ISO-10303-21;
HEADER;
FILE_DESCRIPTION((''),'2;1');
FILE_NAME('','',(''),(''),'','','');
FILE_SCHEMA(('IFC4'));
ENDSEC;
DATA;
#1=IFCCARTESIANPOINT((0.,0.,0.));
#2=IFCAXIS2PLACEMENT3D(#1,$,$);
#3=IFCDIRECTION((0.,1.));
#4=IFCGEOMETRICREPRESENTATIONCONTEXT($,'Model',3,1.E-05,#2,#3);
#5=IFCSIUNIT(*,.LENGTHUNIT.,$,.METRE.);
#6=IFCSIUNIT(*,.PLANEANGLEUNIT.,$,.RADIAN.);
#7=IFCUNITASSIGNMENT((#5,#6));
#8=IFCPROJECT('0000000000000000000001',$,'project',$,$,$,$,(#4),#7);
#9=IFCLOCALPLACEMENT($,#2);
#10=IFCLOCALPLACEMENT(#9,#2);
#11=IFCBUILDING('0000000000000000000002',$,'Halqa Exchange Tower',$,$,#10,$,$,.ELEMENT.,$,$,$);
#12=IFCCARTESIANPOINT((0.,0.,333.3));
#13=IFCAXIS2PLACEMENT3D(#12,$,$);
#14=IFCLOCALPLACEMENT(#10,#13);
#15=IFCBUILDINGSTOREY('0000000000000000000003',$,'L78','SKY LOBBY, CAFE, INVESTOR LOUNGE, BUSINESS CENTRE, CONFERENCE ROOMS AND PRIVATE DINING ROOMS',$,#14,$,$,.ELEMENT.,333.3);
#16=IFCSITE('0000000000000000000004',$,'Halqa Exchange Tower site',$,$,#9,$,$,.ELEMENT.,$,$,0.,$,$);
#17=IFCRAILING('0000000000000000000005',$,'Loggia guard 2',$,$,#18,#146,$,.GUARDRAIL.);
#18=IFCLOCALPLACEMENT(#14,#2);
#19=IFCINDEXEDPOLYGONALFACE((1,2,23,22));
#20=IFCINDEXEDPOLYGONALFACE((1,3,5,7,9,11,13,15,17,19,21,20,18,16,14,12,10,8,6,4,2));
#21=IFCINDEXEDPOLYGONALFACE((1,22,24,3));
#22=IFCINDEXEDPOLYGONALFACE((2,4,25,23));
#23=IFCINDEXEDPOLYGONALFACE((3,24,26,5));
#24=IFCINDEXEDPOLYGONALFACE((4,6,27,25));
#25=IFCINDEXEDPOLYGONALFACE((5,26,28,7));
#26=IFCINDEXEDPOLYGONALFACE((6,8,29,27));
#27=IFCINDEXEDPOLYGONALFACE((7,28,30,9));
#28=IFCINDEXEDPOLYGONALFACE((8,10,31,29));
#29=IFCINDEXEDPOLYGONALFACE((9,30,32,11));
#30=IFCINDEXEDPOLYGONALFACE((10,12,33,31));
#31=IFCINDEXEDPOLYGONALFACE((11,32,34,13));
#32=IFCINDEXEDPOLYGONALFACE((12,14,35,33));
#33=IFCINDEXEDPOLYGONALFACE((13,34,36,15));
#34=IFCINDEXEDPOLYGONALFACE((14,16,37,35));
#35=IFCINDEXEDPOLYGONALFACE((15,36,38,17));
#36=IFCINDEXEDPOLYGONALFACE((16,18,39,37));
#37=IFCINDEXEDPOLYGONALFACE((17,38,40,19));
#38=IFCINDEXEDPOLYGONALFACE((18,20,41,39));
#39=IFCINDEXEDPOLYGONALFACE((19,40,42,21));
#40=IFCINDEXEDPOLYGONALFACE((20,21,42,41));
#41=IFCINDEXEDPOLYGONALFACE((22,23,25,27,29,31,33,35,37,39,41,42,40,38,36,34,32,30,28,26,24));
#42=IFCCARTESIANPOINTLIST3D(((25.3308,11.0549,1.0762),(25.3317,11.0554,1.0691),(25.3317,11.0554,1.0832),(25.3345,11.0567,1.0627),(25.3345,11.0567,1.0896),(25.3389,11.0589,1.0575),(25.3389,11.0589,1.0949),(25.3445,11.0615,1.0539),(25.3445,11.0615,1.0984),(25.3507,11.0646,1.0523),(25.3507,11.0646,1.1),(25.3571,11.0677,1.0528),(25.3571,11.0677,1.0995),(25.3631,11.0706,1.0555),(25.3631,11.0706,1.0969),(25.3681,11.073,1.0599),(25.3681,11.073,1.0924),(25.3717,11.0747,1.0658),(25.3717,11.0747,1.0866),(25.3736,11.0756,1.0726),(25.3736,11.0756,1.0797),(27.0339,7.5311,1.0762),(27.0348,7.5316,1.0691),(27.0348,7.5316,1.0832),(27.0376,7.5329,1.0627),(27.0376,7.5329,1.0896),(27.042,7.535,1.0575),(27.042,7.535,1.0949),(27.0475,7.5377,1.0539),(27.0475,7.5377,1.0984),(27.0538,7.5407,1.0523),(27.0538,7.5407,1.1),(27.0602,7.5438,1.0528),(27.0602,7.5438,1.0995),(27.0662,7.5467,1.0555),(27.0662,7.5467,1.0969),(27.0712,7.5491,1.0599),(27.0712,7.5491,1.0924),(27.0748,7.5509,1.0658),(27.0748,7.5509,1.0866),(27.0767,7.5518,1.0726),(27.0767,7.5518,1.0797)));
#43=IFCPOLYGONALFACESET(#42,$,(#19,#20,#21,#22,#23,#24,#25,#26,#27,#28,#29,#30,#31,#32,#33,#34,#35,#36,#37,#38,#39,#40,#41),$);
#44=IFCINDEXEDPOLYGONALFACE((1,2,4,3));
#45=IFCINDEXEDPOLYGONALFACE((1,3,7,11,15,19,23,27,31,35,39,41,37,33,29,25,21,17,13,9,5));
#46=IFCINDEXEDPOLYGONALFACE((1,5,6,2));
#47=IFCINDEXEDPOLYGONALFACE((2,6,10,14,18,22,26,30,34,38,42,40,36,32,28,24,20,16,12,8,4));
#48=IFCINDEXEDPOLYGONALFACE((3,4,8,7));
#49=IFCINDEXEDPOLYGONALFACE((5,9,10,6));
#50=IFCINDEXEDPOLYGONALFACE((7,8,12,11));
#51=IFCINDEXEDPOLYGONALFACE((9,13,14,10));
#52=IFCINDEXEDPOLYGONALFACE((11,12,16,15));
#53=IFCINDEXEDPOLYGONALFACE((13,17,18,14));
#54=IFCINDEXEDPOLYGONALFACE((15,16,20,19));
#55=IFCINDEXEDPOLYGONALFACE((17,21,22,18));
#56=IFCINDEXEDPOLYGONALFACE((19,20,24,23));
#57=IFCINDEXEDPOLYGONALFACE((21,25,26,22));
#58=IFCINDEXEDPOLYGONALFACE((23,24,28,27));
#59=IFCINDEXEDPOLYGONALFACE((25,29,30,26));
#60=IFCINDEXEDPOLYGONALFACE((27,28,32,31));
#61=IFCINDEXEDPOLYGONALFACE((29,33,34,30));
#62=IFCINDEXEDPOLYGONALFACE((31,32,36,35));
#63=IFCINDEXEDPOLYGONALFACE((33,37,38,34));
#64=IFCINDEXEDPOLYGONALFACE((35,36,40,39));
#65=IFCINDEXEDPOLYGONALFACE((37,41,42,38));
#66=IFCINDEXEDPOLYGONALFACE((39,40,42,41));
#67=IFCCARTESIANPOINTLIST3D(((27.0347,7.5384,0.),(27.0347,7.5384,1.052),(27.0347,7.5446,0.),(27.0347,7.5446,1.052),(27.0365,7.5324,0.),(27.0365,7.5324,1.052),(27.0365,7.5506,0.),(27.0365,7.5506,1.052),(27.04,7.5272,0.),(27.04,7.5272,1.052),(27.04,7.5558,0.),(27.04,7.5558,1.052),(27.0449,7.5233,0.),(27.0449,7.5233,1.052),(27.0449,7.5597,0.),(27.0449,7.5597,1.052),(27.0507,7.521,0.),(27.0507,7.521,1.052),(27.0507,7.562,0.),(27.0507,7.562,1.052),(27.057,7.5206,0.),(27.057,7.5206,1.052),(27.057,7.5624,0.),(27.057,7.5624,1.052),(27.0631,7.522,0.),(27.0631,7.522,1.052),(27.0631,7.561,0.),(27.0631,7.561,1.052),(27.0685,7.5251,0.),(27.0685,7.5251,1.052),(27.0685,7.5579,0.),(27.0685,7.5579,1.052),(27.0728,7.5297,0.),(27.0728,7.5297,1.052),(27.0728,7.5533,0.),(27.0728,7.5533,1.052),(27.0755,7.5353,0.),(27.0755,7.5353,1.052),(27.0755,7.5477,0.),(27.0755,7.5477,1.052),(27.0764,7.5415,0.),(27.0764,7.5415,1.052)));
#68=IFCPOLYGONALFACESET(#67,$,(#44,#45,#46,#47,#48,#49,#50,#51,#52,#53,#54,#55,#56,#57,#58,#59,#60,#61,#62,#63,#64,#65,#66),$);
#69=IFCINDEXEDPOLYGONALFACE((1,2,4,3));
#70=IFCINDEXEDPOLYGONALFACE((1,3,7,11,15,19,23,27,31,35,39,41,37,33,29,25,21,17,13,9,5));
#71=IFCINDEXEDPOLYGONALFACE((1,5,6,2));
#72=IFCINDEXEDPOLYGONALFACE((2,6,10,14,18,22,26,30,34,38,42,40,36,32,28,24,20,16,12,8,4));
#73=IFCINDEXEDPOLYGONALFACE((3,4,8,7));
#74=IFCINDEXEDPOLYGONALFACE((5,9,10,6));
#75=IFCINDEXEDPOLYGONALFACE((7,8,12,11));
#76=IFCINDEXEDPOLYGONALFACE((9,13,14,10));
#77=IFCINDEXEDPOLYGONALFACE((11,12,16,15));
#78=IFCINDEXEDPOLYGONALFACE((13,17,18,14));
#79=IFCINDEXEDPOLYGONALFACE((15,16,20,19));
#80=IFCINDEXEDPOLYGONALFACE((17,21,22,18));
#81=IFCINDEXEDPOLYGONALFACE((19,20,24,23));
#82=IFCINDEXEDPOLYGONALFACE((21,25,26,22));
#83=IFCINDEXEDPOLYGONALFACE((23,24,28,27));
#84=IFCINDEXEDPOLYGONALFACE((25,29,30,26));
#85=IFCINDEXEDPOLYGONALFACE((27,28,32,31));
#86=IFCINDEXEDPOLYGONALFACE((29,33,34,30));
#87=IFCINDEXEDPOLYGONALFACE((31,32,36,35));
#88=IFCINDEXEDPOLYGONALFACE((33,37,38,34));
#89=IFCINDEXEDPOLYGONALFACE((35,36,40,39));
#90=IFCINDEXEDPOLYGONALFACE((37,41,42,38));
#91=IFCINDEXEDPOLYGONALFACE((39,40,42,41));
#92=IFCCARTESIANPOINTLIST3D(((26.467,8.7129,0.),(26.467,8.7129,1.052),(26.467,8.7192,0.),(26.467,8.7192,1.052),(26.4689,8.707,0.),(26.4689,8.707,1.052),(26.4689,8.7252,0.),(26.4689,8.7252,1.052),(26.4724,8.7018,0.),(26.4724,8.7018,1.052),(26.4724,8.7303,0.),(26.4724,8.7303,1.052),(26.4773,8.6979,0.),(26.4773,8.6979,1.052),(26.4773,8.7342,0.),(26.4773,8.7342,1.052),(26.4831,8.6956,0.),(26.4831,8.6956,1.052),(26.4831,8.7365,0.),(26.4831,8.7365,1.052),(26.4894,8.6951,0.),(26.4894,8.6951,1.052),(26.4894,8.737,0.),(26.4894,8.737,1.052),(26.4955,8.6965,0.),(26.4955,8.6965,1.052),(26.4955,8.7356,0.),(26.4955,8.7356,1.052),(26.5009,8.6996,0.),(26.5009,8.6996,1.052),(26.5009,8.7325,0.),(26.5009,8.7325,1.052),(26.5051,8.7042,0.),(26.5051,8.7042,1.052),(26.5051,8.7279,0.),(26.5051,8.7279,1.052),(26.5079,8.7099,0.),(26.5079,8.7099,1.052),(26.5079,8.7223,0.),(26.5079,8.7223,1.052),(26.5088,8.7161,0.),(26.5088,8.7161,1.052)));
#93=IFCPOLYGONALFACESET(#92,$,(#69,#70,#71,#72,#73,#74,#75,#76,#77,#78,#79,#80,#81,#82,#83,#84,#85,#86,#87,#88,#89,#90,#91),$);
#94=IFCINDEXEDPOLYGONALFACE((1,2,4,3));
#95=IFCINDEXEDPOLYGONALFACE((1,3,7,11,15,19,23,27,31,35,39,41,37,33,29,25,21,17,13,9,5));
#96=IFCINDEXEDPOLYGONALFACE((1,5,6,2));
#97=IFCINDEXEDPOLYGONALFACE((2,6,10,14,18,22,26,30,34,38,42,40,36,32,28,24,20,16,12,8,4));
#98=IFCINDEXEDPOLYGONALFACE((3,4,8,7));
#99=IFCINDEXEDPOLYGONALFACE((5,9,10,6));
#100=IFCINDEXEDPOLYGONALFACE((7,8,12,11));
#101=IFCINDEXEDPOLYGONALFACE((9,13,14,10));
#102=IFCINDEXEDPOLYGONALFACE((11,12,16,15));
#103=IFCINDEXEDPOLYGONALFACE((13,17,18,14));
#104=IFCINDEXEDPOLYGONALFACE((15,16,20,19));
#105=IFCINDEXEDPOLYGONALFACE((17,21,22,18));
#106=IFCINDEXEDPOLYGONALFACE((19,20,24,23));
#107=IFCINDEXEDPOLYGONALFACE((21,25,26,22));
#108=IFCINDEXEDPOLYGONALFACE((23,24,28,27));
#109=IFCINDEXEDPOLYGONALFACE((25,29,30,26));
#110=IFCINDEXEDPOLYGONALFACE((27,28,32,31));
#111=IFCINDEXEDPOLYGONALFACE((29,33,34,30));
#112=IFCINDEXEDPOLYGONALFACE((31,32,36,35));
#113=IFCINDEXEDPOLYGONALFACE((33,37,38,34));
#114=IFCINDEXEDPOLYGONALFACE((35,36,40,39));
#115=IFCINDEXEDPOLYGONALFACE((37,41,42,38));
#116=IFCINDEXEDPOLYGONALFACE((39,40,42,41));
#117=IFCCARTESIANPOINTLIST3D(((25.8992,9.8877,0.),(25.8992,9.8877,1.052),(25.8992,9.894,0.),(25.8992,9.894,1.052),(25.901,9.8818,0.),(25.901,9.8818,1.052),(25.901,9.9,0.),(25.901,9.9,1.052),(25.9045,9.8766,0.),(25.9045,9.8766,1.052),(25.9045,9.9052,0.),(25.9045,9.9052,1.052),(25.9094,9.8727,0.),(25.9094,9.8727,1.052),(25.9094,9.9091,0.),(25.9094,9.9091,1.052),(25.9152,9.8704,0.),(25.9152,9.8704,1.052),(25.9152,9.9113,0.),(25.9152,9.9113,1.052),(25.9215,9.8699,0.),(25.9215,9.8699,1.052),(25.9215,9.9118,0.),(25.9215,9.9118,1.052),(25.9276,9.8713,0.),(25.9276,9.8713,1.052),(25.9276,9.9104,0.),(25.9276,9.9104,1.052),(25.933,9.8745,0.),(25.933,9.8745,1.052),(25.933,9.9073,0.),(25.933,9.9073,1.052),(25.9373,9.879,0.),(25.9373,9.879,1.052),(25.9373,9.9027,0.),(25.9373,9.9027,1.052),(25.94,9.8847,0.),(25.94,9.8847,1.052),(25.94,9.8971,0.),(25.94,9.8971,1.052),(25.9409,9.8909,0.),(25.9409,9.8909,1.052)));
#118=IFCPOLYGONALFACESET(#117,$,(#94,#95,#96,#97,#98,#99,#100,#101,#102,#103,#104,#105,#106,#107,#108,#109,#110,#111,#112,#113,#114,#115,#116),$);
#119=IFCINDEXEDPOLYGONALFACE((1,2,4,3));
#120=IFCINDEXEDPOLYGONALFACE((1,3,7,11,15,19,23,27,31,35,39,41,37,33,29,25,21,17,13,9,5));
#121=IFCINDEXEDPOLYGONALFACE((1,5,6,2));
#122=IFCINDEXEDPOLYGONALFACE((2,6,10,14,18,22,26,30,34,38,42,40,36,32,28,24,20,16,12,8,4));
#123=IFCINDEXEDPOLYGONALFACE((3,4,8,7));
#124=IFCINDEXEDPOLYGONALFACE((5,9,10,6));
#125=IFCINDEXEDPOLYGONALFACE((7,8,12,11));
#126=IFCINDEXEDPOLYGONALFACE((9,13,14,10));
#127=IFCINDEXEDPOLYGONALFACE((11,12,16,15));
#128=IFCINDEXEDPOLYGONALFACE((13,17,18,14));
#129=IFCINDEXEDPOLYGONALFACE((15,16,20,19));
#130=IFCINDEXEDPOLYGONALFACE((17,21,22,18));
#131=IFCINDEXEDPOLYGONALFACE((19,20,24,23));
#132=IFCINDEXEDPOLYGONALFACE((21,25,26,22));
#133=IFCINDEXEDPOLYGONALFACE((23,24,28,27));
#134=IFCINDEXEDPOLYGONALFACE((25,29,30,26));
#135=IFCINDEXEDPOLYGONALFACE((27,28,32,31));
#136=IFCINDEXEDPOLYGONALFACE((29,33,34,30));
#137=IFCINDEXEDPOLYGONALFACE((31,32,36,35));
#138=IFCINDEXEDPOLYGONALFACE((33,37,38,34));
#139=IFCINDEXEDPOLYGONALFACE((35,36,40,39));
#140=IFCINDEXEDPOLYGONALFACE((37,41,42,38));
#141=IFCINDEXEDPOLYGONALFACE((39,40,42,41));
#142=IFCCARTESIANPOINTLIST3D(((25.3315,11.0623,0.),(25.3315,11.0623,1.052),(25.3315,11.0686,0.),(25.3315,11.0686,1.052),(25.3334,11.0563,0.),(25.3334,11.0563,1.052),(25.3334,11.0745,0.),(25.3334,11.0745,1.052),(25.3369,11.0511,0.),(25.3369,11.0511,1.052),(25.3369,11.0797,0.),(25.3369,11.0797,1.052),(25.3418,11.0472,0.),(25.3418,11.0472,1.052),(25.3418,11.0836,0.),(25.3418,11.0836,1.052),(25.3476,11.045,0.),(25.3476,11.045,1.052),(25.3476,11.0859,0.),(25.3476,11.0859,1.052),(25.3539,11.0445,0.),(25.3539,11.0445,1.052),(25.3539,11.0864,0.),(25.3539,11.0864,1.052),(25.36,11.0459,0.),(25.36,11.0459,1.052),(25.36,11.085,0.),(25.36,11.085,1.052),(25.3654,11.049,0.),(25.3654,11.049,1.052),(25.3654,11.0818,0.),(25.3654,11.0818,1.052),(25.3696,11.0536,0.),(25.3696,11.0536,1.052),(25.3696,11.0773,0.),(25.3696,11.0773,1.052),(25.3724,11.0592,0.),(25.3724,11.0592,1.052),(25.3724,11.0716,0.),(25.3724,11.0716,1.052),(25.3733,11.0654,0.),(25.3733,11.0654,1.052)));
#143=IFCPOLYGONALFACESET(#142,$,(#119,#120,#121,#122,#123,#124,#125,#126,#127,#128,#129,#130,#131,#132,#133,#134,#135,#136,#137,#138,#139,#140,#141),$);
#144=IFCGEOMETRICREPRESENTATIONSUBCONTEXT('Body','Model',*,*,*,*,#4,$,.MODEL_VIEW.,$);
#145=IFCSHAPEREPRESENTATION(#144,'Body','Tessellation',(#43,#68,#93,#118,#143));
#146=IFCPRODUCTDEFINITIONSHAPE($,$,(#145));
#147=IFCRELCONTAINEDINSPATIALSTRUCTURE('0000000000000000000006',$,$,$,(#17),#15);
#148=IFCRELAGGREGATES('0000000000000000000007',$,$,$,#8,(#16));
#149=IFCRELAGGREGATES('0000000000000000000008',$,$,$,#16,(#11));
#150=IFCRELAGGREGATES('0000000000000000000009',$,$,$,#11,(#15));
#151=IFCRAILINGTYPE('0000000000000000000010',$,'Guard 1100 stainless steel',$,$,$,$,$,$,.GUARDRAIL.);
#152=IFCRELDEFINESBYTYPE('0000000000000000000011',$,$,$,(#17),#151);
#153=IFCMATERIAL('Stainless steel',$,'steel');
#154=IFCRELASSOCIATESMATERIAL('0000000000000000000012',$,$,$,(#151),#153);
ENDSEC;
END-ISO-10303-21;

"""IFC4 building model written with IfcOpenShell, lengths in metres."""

from ifc_helpers import new_model, si_unit, direction, frame, origin, origin_2d, place, context, subcontext, project, spatial, circle, extrude, material, type_object, element, save


model = new_model("IFC4")

# Units and contexts
model_context = context("Model", 3, precision=1e-05, world=origin(), true_north=direction((0.0, 1.0)))
body_context = subcontext(model_context, "Body", "Model", "MODEL_VIEW")
ifc_project = project(units=[si_unit("LENGTHUNIT", "METRE"), si_unit("PLANEANGLEUNIT", "RADIAN")], contexts=[model_context])

# Site, building, storey
site_placement = place(None, origin())
site = spatial("IfcSite", under=ifc_project, at=site_placement, Name="Halqa Exchange Tower site", CompositionType="ELEMENT", RefElevation=0.0)
building_placement = place(site_placement, origin())
building = spatial("IfcBuilding", under=site, at=building_placement, Name="Halqa Exchange Tower", CompositionType="ELEMENT")
storey_placement = place(building_placement, frame((0.0, 0.0, 333.3)))
storey = spatial("IfcBuildingStorey", under=building, at=storey_placement, Name="L78", Description="SKY LOBBY, CAFE, INVESTOR LOUNGE, BUSINESS CENTRE, CONFERENCE ROOMS AND PRIVATE DINING ROOMS", CompositionType="ELEMENT", Elevation=333.3)

# Railing
ifc_material_1 = material(Name="Stainless steel", Category="steel")
railing_type = type_object("IfcRailingType", Name="Guard 1100 stainless steel", PredefinedType="GUARDRAIL", material=ifc_material_1)
railing_1_placement = place(storey_placement, frame((27.0554, 7.5415, 0.0)))
element("IfcRailing", 1, at=railing_1_placement, inside=storey, type_object=railing_type, Name="Loggia guard 2", PredefinedType="GUARDRAIL", context=body_context, shape_type="SweptSolid", body=[
    extrude(circle(Radius=0.0239, at=origin_2d()), frame((0.0, 0.0, 1.0762), z_axis=(-0.435147, 0.90036, 0.0), x_axis=(-0.90036, -0.435147, 0.0)), (0.0, 0.0, 1.0), 3.9138),
    extrude(circle(Radius=0.021, at=origin_2d()), origin(), (0.0, 0.0, 1.0), 1.052),
    extrude(circle(Radius=0.021, at=origin_2d()), frame((-0.5676, 1.1746, 0.0)), (0.0, 0.0, 1.0), 1.052),
    extrude(circle(Radius=0.021, at=origin_2d()), frame((-1.1355, 2.3494, 0.0)), (0.0, 0.0, 1.0), 1.052),
    extrude(circle(Radius=0.021, at=origin_2d()), frame((-1.7031, 3.5239, 0.0)), (0.0, 0.0, 1.0), 1.052),
])

save(model, "model.ifc")
